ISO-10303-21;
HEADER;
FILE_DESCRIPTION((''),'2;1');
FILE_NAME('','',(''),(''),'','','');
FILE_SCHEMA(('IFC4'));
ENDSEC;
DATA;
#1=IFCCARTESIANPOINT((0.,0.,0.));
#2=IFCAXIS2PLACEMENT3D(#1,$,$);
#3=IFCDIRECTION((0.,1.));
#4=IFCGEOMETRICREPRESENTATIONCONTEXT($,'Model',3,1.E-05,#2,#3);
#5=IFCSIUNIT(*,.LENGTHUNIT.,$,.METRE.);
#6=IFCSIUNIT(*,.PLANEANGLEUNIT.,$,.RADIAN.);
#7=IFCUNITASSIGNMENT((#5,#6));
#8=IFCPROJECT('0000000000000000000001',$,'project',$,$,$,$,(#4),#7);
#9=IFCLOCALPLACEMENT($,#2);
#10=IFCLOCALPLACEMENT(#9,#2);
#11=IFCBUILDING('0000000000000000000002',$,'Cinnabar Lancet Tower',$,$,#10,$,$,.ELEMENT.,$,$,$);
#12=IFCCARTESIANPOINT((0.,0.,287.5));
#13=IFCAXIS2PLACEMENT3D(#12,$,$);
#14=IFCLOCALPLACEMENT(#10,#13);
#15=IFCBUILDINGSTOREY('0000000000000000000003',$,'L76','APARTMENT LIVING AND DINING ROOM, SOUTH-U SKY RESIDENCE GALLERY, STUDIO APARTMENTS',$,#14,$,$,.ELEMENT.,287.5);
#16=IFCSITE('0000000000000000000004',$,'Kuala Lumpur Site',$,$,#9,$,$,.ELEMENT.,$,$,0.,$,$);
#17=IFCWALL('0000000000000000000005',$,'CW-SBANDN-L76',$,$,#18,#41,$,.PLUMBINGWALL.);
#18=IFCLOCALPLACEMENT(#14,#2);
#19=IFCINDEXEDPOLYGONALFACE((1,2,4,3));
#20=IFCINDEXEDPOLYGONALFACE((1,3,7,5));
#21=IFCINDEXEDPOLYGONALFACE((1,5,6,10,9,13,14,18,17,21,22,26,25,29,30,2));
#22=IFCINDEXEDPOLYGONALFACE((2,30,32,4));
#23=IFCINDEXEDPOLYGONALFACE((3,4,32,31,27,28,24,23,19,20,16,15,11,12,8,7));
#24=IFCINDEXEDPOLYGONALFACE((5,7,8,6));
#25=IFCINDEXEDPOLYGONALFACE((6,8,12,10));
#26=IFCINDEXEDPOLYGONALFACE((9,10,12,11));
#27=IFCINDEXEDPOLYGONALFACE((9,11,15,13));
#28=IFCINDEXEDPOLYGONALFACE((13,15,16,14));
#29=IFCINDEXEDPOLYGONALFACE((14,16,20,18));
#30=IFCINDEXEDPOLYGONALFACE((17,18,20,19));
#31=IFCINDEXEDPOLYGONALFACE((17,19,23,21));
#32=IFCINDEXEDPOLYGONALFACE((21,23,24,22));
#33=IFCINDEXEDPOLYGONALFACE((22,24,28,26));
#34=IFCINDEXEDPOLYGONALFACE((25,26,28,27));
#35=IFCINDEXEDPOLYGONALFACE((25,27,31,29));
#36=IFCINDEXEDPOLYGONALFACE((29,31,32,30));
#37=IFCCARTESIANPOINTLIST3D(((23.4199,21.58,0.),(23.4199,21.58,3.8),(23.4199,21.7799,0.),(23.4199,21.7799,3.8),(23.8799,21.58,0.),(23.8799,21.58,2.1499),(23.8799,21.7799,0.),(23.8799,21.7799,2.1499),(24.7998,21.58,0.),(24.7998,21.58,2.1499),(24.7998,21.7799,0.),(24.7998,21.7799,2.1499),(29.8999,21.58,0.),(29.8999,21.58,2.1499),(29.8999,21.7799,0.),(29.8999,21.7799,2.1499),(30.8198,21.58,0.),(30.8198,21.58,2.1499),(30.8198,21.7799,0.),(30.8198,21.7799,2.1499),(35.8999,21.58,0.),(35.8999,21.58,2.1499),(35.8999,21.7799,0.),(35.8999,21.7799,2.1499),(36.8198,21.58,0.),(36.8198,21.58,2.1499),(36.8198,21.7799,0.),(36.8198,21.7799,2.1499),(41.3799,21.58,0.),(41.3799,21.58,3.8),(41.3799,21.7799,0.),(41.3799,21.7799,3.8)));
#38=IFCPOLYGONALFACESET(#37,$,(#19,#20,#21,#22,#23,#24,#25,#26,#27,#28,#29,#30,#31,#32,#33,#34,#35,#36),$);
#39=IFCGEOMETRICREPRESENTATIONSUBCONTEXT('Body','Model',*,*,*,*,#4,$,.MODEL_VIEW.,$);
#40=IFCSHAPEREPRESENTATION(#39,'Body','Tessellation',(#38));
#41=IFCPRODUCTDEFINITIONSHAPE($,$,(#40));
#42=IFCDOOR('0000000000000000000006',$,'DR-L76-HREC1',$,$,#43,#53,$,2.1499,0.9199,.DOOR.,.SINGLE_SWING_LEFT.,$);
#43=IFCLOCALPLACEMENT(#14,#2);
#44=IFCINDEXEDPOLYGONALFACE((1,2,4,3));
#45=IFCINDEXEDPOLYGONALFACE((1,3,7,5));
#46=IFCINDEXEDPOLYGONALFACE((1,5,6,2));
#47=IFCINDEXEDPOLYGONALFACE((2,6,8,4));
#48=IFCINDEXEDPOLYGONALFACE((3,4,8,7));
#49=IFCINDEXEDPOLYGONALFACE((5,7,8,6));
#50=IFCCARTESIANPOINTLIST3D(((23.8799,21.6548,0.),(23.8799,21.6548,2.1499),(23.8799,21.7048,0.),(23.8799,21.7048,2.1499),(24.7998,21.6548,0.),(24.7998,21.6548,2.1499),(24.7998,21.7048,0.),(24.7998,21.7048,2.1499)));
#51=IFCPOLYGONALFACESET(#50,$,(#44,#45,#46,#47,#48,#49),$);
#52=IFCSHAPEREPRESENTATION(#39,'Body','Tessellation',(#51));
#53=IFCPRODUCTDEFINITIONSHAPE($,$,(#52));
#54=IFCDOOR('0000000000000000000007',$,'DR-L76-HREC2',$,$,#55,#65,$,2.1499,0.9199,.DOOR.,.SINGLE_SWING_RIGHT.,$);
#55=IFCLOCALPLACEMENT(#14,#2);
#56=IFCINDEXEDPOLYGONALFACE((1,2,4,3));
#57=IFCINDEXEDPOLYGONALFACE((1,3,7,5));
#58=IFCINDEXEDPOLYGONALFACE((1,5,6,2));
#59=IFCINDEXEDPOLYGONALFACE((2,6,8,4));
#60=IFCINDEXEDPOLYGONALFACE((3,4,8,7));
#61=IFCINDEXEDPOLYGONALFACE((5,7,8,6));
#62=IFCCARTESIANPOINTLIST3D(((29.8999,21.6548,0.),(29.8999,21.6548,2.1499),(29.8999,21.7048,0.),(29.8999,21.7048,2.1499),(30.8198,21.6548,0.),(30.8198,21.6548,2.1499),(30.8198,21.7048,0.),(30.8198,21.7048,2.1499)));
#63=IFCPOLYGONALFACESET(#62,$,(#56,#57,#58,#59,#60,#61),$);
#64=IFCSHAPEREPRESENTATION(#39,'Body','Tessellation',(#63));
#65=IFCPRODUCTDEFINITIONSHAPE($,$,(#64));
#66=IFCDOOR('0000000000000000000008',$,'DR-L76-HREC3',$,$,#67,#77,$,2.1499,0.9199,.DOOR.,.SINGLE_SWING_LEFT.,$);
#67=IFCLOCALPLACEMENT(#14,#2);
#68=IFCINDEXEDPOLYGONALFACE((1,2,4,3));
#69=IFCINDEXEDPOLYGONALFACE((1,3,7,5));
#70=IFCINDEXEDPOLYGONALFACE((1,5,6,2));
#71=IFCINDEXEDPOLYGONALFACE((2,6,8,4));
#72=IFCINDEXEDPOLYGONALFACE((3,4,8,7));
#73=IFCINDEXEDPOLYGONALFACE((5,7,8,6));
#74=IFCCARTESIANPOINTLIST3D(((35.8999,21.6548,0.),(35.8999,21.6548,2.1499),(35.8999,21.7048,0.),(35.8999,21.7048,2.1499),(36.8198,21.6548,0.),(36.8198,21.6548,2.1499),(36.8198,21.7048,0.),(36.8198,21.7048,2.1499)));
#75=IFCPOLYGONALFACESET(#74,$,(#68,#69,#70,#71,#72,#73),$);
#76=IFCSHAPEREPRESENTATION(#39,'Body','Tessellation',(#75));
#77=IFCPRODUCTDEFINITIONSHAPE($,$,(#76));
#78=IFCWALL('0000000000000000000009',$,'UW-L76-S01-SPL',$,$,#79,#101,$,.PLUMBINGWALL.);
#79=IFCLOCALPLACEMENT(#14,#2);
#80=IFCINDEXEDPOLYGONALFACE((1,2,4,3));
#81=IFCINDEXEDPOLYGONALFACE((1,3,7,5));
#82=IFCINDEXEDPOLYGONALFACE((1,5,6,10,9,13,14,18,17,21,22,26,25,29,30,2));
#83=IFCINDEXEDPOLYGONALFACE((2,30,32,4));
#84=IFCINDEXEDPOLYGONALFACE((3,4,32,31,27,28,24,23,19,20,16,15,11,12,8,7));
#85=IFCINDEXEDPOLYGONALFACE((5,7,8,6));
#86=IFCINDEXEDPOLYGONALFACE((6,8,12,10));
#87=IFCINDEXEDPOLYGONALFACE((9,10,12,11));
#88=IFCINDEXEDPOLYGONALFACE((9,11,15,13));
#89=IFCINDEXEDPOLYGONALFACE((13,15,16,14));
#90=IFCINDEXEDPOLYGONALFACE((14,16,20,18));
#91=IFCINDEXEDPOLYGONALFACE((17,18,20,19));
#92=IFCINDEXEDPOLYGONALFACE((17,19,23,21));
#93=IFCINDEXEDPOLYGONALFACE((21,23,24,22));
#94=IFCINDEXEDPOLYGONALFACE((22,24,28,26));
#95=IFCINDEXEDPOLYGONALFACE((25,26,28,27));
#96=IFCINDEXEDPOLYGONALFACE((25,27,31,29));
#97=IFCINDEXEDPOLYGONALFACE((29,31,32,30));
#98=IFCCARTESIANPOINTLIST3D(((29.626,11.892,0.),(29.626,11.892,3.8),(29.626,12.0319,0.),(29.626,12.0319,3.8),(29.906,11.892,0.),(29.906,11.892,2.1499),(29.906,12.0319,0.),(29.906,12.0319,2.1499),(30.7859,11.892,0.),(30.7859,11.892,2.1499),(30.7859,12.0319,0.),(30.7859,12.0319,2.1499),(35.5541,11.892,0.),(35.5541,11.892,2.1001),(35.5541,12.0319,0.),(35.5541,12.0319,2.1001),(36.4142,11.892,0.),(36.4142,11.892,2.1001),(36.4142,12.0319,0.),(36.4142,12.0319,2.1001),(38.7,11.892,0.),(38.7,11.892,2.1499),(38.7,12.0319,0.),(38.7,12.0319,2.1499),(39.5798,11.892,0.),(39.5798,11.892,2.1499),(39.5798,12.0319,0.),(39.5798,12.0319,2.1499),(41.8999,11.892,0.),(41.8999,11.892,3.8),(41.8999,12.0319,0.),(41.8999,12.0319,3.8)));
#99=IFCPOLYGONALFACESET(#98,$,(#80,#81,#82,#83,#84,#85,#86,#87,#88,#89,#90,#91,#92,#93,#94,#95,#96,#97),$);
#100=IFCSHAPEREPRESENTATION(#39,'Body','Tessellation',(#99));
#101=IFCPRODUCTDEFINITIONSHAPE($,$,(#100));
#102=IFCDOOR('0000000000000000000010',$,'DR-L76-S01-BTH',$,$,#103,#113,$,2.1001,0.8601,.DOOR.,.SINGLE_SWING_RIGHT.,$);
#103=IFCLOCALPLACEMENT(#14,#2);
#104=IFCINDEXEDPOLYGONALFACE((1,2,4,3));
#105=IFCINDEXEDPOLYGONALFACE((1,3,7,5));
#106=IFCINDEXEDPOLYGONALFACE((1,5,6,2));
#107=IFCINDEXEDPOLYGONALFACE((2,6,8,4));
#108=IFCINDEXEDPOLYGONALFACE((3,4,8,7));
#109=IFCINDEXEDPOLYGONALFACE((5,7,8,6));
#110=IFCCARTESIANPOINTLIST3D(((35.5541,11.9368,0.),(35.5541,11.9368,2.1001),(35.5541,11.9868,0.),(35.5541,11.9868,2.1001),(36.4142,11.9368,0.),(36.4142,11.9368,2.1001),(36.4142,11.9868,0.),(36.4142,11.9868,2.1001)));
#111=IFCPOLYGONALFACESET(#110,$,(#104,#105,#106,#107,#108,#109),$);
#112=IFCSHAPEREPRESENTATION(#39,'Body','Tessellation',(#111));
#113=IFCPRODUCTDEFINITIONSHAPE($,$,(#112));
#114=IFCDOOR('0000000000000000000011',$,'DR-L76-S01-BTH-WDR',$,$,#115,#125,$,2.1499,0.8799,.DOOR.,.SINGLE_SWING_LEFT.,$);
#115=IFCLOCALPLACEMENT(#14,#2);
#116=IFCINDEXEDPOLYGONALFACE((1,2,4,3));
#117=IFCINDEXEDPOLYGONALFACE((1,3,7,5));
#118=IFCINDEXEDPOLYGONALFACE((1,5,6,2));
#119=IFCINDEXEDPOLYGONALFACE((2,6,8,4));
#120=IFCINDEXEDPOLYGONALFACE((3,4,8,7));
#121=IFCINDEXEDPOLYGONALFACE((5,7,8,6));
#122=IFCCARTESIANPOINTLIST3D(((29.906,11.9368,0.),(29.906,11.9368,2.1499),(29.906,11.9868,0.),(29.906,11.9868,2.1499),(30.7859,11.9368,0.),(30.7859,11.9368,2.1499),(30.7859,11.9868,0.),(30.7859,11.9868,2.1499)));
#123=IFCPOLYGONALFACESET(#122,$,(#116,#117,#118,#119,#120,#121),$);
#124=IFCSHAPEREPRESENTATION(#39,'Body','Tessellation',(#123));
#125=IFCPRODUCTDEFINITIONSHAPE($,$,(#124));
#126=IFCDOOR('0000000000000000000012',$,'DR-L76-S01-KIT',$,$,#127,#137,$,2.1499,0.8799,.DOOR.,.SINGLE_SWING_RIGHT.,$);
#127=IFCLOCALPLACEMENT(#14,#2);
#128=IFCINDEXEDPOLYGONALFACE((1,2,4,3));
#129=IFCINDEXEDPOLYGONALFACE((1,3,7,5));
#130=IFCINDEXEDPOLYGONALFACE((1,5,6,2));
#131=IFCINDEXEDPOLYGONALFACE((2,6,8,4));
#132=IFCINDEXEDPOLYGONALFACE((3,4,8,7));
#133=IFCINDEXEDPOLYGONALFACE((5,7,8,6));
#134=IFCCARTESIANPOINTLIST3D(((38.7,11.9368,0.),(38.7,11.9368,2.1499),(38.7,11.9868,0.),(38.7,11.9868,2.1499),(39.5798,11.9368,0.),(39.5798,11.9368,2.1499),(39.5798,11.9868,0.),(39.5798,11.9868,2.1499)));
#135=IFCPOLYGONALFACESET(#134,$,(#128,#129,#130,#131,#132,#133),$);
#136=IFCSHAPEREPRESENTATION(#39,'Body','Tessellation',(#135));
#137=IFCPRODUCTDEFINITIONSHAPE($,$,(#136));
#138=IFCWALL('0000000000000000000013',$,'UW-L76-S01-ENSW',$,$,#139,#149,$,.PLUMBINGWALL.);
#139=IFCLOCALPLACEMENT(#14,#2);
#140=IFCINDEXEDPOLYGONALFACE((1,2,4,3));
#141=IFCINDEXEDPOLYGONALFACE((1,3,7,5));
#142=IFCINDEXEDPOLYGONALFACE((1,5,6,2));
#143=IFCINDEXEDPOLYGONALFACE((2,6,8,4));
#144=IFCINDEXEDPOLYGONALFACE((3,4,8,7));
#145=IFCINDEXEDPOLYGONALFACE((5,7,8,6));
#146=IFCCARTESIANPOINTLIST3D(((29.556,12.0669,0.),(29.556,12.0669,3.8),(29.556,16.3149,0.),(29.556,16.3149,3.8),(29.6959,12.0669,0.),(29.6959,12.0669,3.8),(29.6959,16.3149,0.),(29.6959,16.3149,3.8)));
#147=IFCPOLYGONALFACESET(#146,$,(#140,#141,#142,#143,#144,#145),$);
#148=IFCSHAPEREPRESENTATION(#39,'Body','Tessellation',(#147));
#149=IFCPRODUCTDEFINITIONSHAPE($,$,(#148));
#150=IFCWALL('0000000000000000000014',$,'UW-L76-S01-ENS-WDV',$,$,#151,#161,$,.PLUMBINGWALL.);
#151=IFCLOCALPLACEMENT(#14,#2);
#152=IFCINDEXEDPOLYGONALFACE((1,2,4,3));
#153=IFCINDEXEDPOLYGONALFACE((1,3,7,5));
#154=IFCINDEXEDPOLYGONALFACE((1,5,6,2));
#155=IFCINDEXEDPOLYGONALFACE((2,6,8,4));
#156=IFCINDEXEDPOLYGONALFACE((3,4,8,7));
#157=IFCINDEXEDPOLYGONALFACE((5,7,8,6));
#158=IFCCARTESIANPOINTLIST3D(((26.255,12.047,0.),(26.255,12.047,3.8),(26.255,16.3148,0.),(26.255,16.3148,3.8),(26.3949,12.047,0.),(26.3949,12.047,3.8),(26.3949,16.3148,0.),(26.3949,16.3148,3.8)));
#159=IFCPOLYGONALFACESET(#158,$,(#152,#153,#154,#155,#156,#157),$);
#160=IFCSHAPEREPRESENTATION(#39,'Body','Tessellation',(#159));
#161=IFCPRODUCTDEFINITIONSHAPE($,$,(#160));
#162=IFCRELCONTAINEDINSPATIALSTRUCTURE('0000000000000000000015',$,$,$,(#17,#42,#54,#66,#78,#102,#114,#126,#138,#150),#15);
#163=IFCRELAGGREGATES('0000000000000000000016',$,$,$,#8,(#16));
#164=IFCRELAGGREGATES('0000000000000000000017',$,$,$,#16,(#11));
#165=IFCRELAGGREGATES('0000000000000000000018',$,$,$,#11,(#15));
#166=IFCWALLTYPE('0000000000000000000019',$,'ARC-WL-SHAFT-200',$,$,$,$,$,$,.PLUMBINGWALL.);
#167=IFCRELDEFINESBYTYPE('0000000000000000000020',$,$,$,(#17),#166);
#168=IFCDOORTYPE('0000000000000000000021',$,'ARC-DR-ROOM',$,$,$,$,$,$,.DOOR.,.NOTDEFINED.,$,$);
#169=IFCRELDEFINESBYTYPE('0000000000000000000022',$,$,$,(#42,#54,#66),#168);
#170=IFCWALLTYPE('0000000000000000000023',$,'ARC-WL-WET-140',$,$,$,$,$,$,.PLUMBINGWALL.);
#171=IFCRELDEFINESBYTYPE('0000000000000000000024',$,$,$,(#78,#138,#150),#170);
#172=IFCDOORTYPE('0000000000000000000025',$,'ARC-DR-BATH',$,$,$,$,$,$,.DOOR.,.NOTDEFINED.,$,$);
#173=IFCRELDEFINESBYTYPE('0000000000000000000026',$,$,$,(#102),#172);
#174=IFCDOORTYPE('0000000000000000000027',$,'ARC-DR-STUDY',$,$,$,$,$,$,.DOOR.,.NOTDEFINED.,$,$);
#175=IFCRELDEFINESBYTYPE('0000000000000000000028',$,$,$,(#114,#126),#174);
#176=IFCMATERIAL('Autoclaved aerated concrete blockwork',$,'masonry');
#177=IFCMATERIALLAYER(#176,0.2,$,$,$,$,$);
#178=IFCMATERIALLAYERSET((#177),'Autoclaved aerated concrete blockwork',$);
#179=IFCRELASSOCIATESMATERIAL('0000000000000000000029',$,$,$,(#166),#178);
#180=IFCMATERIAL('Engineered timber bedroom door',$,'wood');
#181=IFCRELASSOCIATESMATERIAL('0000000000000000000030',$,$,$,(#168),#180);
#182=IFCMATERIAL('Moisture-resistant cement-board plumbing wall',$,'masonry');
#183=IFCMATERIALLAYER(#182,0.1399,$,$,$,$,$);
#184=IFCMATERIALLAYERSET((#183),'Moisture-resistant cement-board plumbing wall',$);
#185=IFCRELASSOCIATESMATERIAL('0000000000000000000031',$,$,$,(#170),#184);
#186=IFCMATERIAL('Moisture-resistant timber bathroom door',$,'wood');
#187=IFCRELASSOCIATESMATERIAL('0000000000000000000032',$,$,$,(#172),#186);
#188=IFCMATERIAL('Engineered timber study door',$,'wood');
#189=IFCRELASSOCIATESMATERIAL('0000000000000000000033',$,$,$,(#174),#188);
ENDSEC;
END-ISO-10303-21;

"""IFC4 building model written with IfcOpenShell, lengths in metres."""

from ifc_helpers import new_model, si_unit, direction, frame, frame_2d, origin, place, context, subcontext, project, spatial, rectangle, extrude, material, layer, layer_set, type_object, element, fill, save


model = new_model("IFC4")

# Units and contexts
model_context = context("Model", 3, precision=1e-05, world=origin(), true_north=direction((0.0, 1.0)))
body_context = subcontext(model_context, "Body", "Model", "MODEL_VIEW")
ifc_project = project(units=[si_unit("LENGTHUNIT", "METRE"), si_unit("PLANEANGLEUNIT", "RADIAN")], contexts=[model_context])

# Site, building, storey
site_placement = place(None, origin())
site = spatial("IfcSite", under=ifc_project, at=site_placement, Name="Kuala Lumpur Site", CompositionType="ELEMENT", RefElevation=0.0)
building_placement = place(site_placement, origin())
building = spatial("IfcBuilding", under=site, at=building_placement, Name="Cinnabar Lancet Tower", CompositionType="ELEMENT")
storey_placement = place(building_placement, frame((0.0, 0.0, 287.5)))
storey = spatial("IfcBuildingStorey", under=building, at=storey_placement, Name="L76", Description="APARTMENT LIVING AND DINING ROOM, SOUTH-U SKY RESIDENCE GALLERY, STUDIO APARTMENTS", CompositionType="ELEMENT", Elevation=287.5)

# Shared definitions
ifc_material_1 = material(Name="Autoclaved aerated concrete blockwork", Category="masonry")
ifc_layer_1 = layer(ifc_material_1, 0.2)
ifc_layer_set_1 = layer_set([ifc_layer_1], Name="Autoclaved aerated concrete blockwork")
wall_type_1 = type_object("IfcWallType", Name="ARC-WL-SHAFT-200", PredefinedType="PLUMBINGWALL", material=ifc_layer_set_1)

# Walls, openings, doors
wall_1_placement = place(storey_placement, frame((23.4199, 21.6799, 0.0), z_axis=(0.0, 0.0, 1.0), x_axis=(1.0, 0.0, 0.0)))
wall_1 = element("IfcWall", 1, at=wall_1_placement, inside=storey, type_object=wall_type_1, Name="CW-SBANDN-L76", PredefinedType="PLUMBINGWALL", context=body_context, shape_type="SweptSolid", body=[
    extrude(rectangle(XDim=17.96, YDim=0.2, at=frame_2d((8.98, 0.0))), origin(), (0.0, 0.0, 1.0), 3.8),
])
opening_1_placement = place(wall_1_placement, frame((0.46, 0.0, 0.0)))
opening_1 = element("IfcOpeningElement", 2, at=opening_1_placement, cuts=wall_1, PredefinedType="OPENING", context=body_context, shape_type="SweptSolid", body=[
    extrude(rectangle(XDim=0.9199, YDim=2.1499, at=frame_2d((0.46, 1.075))), frame((0.0, 0.1099, 0.0), z_axis=(0.0, -1.0, 0.0), x_axis=(1.0, 0.0, 0.0)), (0.0, 0.0, 1.0), 0.22),
])
opening_2_placement = place(wall_1_placement, frame((6.48, 0.0, 0.0)))
opening_2 = element("IfcOpeningElement", 3, at=opening_2_placement, cuts=wall_1, PredefinedType="OPENING", context=body_context, shape_type="SweptSolid", body=[
    extrude(rectangle(XDim=0.9199, YDim=2.1499, at=frame_2d((0.46, 1.075))), frame((0.0, 0.1099, 0.0), z_axis=(0.0, -1.0, 0.0), x_axis=(1.0, 0.0, 0.0)), (0.0, 0.0, 1.0), 0.22),
])
opening_3_placement = place(wall_1_placement, frame((12.48, 0.0, 0.0)))
opening_3 = element("IfcOpeningElement", 4, at=opening_3_placement, cuts=wall_1, PredefinedType="OPENING", context=body_context, shape_type="SweptSolid", body=[
    extrude(rectangle(XDim=0.9199, YDim=2.1499, at=frame_2d((0.46, 1.075))), frame((0.0, 0.1099, 0.0), z_axis=(0.0, -1.0, 0.0), x_axis=(1.0, 0.0, 0.0)), (0.0, 0.0, 1.0), 0.22),
])
ifc_material_2 = material(Name="Engineered timber bedroom door", Category="wood")
door_type_1 = type_object("IfcDoorType", Name="ARC-DR-ROOM", OperationType="NOTDEFINED", PredefinedType="DOOR", material=ifc_material_2)
door_1_placement = place(opening_1_placement, origin())
door_1 = element("IfcDoor", 5, at=door_1_placement, inside=storey, type_object=door_type_1, Name="DR-L76-HREC1", OperationType="SINGLE_SWING_LEFT", OverallHeight=2.1499, OverallWidth=0.9199, PredefinedType="DOOR", context=body_context, shape_type="SweptSolid", body=[
    extrude(rectangle(XDim=0.9199, YDim=2.1499, at=frame_2d((0.46, 1.075))), frame((0.0, 0.0249, 0.0), z_axis=(0.0, -1.0, 0.0), x_axis=(1.0, 0.0, 0.0)), (0.0, 0.0, 1.0), 0.05),
])
fill(opening_1, door_1)
door_2_placement = place(opening_2_placement, origin())
door_2 = element("IfcDoor", 6, at=door_2_placement, inside=storey, type_object=door_type_1, Name="DR-L76-HREC2", OperationType="SINGLE_SWING_RIGHT", OverallHeight=2.1499, OverallWidth=0.9199, PredefinedType="DOOR", context=body_context, shape_type="SweptSolid", body=[
    extrude(rectangle(XDim=0.9199, YDim=2.1499, at=frame_2d((0.46, 1.075))), frame((0.0, 0.0249, 0.0), z_axis=(0.0, -1.0, 0.0), x_axis=(1.0, 0.0, 0.0)), (0.0, 0.0, 1.0), 0.05),
])
fill(opening_2, door_2)
door_3_placement = place(opening_3_placement, origin())
door_3 = element("IfcDoor", 7, at=door_3_placement, inside=storey, type_object=door_type_1, Name="DR-L76-HREC3", OperationType="SINGLE_SWING_LEFT", OverallHeight=2.1499, OverallWidth=0.9199, PredefinedType="DOOR", context=body_context, shape_type="SweptSolid", body=[
    extrude(rectangle(XDim=0.9199, YDim=2.1499, at=frame_2d((0.46, 1.075))), frame((0.0, 0.0249, 0.0), z_axis=(0.0, -1.0, 0.0), x_axis=(1.0, 0.0, 0.0)), (0.0, 0.0, 1.0), 0.05),
])
fill(opening_3, door_3)
ifc_material_3 = material(Name="Moisture-resistant cement-board plumbing wall", Category="masonry")
ifc_layer_2 = layer(ifc_material_3, 0.1399)
ifc_layer_set_2 = layer_set([ifc_layer_2], Name="Moisture-resistant cement-board plumbing wall")
wall_type_2 = type_object("IfcWallType", Name="ARC-WL-WET-140", PredefinedType="PLUMBINGWALL", material=ifc_layer_set_2)
wall_2_placement = place(storey_placement, frame((29.626, 11.9619, 0.0), z_axis=(0.0, 0.0, 1.0), x_axis=(1.0, 0.0, 0.0)))
wall_2 = element("IfcWall", 8, at=wall_2_placement, inside=storey, type_object=wall_type_2, Name="UW-L76-S01-SPL", PredefinedType="PLUMBINGWALL", context=body_context, shape_type="SweptSolid", body=[
    extrude(rectangle(XDim=12.2739, YDim=0.1399, at=frame_2d((6.137, 0.0))), origin(), (0.0, 0.0, 1.0), 3.8),
])
opening_4_placement = place(wall_2_placement, frame((0.28, 0.0, 0.0)))
opening_4 = element("IfcOpeningElement", 9, at=opening_4_placement, cuts=wall_2, PredefinedType="OPENING", context=body_context, shape_type="SweptSolid", body=[
    extrude(rectangle(XDim=0.8799, YDim=2.1499, at=frame_2d((0.4399, 1.075))), frame((0.0, 0.0798, 0.0), z_axis=(0.0, -1.0, 0.0), x_axis=(1.0, 0.0, 0.0)), (0.0, 0.0, 1.0), 0.1599),
])
opening_5_placement = place(wall_2_placement, frame((5.928, 0.0, 0.0)))
opening_5 = element("IfcOpeningElement", 10, at=opening_5_placement, cuts=wall_2, PredefinedType="OPENING", context=body_context, shape_type="SweptSolid", body=[
    extrude(rectangle(XDim=0.8601, YDim=2.1001, at=frame_2d((0.4302, 1.05))), frame((0.0, 0.0798, 0.0), z_axis=(0.0, -1.0, 0.0), x_axis=(1.0, 0.0, 0.0)), (0.0, 0.0, 1.0), 0.1599),
])
opening_6_placement = place(wall_2_placement, frame((9.074, 0.0, 0.0)))
opening_6 = element("IfcOpeningElement", 11, at=opening_6_placement, cuts=wall_2, PredefinedType="OPENING", context=body_context, shape_type="SweptSolid", body=[
    extrude(rectangle(XDim=0.8799, YDim=2.1499, at=frame_2d((0.4399, 1.075))), frame((0.0, 0.0798, 0.0), z_axis=(0.0, -1.0, 0.0), x_axis=(1.0, 0.0, 0.0)), (0.0, 0.0, 1.0), 0.1599),
])
ifc_material_4 = material(Name="Moisture-resistant timber bathroom door", Category="wood")
door_type_2 = type_object("IfcDoorType", Name="ARC-DR-BATH", OperationType="NOTDEFINED", PredefinedType="DOOR", material=ifc_material_4)
door_4_placement = place(opening_5_placement, origin())
door_4 = element("IfcDoor", 12, at=door_4_placement, inside=storey, type_object=door_type_2, Name="DR-L76-S01-BTH", OperationType="SINGLE_SWING_RIGHT", OverallHeight=2.1001, OverallWidth=0.8601, PredefinedType="DOOR", context=body_context, shape_type="SweptSolid", body=[
    extrude(rectangle(XDim=0.8601, YDim=2.1001, at=frame_2d((0.4302, 1.05))), frame((0.0, 0.0249, 0.0), z_axis=(0.0, -1.0, 0.0), x_axis=(1.0, 0.0, 0.0)), (0.0, 0.0, 1.0), 0.05),
])
fill(opening_5, door_4)
ifc_material_5 = material(Name="Engineered timber study door", Category="wood")
door_type_3 = type_object("IfcDoorType", Name="ARC-DR-STUDY", OperationType="NOTDEFINED", PredefinedType="DOOR", material=ifc_material_5)
door_5_placement = place(opening_4_placement, origin())
door_5 = element("IfcDoor", 13, at=door_5_placement, inside=storey, type_object=door_type_3, Name="DR-L76-S01-BTH-WDR", OperationType="SINGLE_SWING_LEFT", OverallHeight=2.1499, OverallWidth=0.8799, PredefinedType="DOOR", context=body_context, shape_type="SweptSolid", body=[
    extrude(rectangle(XDim=0.8799, YDim=2.1499, at=frame_2d((0.4399, 1.075))), frame((0.0, 0.0249, 0.0), z_axis=(0.0, -1.0, 0.0), x_axis=(1.0, 0.0, 0.0)), (0.0, 0.0, 1.0), 0.05),
])
fill(opening_4, door_5)
door_6_placement = place(opening_6_placement, origin())
door_6 = element("IfcDoor", 14, at=door_6_placement, inside=storey, type_object=door_type_3, Name="DR-L76-S01-KIT", OperationType="SINGLE_SWING_RIGHT", OverallHeight=2.1499, OverallWidth=0.8799, PredefinedType="DOOR", context=body_context, shape_type="SweptSolid", body=[
    extrude(rectangle(XDim=0.8799, YDim=2.1499, at=frame_2d((0.4399, 1.075))), frame((0.0, 0.0249, 0.0), z_axis=(0.0, -1.0, 0.0), x_axis=(1.0, 0.0, 0.0)), (0.0, 0.0, 1.0), 0.05),
])
fill(opening_6, door_6)

# Walls
wall_3_placement = place(storey_placement, frame((29.626, 12.0669, 0.0), z_axis=(0.0, 0.0, 1.0), x_axis=(0.0, 1.0, 0.0)))
element("IfcWall", 15, at=wall_3_placement, inside=storey, type_object=wall_type_2, Name="UW-L76-S01-ENSW", PredefinedType="PLUMBINGWALL", context=body_context, shape_type="SweptSolid", body=[
    extrude(rectangle(XDim=4.248, YDim=0.1399, at=frame_2d((2.124, 0.0))), origin(), (0.0, 0.0, 1.0), 3.8),
])
wall_4_placement = place(storey_placement, frame((26.325, 12.0471, 0.0), z_axis=(0.0, 0.0, 1.0), x_axis=(0.0, 1.0, 0.0)))
element("IfcWall", 16, at=wall_4_placement, inside=storey, type_object=wall_type_2, Name="UW-L76-S01-ENS-WDV", PredefinedType="PLUMBINGWALL", context=body_context, shape_type="SweptSolid", body=[
    extrude(rectangle(XDim=4.2678, YDim=0.1399, at=frame_2d((2.1338, 0.0))), origin(), (0.0, 0.0, 1.0), 3.8),
])

save(model, "model.ifc")
